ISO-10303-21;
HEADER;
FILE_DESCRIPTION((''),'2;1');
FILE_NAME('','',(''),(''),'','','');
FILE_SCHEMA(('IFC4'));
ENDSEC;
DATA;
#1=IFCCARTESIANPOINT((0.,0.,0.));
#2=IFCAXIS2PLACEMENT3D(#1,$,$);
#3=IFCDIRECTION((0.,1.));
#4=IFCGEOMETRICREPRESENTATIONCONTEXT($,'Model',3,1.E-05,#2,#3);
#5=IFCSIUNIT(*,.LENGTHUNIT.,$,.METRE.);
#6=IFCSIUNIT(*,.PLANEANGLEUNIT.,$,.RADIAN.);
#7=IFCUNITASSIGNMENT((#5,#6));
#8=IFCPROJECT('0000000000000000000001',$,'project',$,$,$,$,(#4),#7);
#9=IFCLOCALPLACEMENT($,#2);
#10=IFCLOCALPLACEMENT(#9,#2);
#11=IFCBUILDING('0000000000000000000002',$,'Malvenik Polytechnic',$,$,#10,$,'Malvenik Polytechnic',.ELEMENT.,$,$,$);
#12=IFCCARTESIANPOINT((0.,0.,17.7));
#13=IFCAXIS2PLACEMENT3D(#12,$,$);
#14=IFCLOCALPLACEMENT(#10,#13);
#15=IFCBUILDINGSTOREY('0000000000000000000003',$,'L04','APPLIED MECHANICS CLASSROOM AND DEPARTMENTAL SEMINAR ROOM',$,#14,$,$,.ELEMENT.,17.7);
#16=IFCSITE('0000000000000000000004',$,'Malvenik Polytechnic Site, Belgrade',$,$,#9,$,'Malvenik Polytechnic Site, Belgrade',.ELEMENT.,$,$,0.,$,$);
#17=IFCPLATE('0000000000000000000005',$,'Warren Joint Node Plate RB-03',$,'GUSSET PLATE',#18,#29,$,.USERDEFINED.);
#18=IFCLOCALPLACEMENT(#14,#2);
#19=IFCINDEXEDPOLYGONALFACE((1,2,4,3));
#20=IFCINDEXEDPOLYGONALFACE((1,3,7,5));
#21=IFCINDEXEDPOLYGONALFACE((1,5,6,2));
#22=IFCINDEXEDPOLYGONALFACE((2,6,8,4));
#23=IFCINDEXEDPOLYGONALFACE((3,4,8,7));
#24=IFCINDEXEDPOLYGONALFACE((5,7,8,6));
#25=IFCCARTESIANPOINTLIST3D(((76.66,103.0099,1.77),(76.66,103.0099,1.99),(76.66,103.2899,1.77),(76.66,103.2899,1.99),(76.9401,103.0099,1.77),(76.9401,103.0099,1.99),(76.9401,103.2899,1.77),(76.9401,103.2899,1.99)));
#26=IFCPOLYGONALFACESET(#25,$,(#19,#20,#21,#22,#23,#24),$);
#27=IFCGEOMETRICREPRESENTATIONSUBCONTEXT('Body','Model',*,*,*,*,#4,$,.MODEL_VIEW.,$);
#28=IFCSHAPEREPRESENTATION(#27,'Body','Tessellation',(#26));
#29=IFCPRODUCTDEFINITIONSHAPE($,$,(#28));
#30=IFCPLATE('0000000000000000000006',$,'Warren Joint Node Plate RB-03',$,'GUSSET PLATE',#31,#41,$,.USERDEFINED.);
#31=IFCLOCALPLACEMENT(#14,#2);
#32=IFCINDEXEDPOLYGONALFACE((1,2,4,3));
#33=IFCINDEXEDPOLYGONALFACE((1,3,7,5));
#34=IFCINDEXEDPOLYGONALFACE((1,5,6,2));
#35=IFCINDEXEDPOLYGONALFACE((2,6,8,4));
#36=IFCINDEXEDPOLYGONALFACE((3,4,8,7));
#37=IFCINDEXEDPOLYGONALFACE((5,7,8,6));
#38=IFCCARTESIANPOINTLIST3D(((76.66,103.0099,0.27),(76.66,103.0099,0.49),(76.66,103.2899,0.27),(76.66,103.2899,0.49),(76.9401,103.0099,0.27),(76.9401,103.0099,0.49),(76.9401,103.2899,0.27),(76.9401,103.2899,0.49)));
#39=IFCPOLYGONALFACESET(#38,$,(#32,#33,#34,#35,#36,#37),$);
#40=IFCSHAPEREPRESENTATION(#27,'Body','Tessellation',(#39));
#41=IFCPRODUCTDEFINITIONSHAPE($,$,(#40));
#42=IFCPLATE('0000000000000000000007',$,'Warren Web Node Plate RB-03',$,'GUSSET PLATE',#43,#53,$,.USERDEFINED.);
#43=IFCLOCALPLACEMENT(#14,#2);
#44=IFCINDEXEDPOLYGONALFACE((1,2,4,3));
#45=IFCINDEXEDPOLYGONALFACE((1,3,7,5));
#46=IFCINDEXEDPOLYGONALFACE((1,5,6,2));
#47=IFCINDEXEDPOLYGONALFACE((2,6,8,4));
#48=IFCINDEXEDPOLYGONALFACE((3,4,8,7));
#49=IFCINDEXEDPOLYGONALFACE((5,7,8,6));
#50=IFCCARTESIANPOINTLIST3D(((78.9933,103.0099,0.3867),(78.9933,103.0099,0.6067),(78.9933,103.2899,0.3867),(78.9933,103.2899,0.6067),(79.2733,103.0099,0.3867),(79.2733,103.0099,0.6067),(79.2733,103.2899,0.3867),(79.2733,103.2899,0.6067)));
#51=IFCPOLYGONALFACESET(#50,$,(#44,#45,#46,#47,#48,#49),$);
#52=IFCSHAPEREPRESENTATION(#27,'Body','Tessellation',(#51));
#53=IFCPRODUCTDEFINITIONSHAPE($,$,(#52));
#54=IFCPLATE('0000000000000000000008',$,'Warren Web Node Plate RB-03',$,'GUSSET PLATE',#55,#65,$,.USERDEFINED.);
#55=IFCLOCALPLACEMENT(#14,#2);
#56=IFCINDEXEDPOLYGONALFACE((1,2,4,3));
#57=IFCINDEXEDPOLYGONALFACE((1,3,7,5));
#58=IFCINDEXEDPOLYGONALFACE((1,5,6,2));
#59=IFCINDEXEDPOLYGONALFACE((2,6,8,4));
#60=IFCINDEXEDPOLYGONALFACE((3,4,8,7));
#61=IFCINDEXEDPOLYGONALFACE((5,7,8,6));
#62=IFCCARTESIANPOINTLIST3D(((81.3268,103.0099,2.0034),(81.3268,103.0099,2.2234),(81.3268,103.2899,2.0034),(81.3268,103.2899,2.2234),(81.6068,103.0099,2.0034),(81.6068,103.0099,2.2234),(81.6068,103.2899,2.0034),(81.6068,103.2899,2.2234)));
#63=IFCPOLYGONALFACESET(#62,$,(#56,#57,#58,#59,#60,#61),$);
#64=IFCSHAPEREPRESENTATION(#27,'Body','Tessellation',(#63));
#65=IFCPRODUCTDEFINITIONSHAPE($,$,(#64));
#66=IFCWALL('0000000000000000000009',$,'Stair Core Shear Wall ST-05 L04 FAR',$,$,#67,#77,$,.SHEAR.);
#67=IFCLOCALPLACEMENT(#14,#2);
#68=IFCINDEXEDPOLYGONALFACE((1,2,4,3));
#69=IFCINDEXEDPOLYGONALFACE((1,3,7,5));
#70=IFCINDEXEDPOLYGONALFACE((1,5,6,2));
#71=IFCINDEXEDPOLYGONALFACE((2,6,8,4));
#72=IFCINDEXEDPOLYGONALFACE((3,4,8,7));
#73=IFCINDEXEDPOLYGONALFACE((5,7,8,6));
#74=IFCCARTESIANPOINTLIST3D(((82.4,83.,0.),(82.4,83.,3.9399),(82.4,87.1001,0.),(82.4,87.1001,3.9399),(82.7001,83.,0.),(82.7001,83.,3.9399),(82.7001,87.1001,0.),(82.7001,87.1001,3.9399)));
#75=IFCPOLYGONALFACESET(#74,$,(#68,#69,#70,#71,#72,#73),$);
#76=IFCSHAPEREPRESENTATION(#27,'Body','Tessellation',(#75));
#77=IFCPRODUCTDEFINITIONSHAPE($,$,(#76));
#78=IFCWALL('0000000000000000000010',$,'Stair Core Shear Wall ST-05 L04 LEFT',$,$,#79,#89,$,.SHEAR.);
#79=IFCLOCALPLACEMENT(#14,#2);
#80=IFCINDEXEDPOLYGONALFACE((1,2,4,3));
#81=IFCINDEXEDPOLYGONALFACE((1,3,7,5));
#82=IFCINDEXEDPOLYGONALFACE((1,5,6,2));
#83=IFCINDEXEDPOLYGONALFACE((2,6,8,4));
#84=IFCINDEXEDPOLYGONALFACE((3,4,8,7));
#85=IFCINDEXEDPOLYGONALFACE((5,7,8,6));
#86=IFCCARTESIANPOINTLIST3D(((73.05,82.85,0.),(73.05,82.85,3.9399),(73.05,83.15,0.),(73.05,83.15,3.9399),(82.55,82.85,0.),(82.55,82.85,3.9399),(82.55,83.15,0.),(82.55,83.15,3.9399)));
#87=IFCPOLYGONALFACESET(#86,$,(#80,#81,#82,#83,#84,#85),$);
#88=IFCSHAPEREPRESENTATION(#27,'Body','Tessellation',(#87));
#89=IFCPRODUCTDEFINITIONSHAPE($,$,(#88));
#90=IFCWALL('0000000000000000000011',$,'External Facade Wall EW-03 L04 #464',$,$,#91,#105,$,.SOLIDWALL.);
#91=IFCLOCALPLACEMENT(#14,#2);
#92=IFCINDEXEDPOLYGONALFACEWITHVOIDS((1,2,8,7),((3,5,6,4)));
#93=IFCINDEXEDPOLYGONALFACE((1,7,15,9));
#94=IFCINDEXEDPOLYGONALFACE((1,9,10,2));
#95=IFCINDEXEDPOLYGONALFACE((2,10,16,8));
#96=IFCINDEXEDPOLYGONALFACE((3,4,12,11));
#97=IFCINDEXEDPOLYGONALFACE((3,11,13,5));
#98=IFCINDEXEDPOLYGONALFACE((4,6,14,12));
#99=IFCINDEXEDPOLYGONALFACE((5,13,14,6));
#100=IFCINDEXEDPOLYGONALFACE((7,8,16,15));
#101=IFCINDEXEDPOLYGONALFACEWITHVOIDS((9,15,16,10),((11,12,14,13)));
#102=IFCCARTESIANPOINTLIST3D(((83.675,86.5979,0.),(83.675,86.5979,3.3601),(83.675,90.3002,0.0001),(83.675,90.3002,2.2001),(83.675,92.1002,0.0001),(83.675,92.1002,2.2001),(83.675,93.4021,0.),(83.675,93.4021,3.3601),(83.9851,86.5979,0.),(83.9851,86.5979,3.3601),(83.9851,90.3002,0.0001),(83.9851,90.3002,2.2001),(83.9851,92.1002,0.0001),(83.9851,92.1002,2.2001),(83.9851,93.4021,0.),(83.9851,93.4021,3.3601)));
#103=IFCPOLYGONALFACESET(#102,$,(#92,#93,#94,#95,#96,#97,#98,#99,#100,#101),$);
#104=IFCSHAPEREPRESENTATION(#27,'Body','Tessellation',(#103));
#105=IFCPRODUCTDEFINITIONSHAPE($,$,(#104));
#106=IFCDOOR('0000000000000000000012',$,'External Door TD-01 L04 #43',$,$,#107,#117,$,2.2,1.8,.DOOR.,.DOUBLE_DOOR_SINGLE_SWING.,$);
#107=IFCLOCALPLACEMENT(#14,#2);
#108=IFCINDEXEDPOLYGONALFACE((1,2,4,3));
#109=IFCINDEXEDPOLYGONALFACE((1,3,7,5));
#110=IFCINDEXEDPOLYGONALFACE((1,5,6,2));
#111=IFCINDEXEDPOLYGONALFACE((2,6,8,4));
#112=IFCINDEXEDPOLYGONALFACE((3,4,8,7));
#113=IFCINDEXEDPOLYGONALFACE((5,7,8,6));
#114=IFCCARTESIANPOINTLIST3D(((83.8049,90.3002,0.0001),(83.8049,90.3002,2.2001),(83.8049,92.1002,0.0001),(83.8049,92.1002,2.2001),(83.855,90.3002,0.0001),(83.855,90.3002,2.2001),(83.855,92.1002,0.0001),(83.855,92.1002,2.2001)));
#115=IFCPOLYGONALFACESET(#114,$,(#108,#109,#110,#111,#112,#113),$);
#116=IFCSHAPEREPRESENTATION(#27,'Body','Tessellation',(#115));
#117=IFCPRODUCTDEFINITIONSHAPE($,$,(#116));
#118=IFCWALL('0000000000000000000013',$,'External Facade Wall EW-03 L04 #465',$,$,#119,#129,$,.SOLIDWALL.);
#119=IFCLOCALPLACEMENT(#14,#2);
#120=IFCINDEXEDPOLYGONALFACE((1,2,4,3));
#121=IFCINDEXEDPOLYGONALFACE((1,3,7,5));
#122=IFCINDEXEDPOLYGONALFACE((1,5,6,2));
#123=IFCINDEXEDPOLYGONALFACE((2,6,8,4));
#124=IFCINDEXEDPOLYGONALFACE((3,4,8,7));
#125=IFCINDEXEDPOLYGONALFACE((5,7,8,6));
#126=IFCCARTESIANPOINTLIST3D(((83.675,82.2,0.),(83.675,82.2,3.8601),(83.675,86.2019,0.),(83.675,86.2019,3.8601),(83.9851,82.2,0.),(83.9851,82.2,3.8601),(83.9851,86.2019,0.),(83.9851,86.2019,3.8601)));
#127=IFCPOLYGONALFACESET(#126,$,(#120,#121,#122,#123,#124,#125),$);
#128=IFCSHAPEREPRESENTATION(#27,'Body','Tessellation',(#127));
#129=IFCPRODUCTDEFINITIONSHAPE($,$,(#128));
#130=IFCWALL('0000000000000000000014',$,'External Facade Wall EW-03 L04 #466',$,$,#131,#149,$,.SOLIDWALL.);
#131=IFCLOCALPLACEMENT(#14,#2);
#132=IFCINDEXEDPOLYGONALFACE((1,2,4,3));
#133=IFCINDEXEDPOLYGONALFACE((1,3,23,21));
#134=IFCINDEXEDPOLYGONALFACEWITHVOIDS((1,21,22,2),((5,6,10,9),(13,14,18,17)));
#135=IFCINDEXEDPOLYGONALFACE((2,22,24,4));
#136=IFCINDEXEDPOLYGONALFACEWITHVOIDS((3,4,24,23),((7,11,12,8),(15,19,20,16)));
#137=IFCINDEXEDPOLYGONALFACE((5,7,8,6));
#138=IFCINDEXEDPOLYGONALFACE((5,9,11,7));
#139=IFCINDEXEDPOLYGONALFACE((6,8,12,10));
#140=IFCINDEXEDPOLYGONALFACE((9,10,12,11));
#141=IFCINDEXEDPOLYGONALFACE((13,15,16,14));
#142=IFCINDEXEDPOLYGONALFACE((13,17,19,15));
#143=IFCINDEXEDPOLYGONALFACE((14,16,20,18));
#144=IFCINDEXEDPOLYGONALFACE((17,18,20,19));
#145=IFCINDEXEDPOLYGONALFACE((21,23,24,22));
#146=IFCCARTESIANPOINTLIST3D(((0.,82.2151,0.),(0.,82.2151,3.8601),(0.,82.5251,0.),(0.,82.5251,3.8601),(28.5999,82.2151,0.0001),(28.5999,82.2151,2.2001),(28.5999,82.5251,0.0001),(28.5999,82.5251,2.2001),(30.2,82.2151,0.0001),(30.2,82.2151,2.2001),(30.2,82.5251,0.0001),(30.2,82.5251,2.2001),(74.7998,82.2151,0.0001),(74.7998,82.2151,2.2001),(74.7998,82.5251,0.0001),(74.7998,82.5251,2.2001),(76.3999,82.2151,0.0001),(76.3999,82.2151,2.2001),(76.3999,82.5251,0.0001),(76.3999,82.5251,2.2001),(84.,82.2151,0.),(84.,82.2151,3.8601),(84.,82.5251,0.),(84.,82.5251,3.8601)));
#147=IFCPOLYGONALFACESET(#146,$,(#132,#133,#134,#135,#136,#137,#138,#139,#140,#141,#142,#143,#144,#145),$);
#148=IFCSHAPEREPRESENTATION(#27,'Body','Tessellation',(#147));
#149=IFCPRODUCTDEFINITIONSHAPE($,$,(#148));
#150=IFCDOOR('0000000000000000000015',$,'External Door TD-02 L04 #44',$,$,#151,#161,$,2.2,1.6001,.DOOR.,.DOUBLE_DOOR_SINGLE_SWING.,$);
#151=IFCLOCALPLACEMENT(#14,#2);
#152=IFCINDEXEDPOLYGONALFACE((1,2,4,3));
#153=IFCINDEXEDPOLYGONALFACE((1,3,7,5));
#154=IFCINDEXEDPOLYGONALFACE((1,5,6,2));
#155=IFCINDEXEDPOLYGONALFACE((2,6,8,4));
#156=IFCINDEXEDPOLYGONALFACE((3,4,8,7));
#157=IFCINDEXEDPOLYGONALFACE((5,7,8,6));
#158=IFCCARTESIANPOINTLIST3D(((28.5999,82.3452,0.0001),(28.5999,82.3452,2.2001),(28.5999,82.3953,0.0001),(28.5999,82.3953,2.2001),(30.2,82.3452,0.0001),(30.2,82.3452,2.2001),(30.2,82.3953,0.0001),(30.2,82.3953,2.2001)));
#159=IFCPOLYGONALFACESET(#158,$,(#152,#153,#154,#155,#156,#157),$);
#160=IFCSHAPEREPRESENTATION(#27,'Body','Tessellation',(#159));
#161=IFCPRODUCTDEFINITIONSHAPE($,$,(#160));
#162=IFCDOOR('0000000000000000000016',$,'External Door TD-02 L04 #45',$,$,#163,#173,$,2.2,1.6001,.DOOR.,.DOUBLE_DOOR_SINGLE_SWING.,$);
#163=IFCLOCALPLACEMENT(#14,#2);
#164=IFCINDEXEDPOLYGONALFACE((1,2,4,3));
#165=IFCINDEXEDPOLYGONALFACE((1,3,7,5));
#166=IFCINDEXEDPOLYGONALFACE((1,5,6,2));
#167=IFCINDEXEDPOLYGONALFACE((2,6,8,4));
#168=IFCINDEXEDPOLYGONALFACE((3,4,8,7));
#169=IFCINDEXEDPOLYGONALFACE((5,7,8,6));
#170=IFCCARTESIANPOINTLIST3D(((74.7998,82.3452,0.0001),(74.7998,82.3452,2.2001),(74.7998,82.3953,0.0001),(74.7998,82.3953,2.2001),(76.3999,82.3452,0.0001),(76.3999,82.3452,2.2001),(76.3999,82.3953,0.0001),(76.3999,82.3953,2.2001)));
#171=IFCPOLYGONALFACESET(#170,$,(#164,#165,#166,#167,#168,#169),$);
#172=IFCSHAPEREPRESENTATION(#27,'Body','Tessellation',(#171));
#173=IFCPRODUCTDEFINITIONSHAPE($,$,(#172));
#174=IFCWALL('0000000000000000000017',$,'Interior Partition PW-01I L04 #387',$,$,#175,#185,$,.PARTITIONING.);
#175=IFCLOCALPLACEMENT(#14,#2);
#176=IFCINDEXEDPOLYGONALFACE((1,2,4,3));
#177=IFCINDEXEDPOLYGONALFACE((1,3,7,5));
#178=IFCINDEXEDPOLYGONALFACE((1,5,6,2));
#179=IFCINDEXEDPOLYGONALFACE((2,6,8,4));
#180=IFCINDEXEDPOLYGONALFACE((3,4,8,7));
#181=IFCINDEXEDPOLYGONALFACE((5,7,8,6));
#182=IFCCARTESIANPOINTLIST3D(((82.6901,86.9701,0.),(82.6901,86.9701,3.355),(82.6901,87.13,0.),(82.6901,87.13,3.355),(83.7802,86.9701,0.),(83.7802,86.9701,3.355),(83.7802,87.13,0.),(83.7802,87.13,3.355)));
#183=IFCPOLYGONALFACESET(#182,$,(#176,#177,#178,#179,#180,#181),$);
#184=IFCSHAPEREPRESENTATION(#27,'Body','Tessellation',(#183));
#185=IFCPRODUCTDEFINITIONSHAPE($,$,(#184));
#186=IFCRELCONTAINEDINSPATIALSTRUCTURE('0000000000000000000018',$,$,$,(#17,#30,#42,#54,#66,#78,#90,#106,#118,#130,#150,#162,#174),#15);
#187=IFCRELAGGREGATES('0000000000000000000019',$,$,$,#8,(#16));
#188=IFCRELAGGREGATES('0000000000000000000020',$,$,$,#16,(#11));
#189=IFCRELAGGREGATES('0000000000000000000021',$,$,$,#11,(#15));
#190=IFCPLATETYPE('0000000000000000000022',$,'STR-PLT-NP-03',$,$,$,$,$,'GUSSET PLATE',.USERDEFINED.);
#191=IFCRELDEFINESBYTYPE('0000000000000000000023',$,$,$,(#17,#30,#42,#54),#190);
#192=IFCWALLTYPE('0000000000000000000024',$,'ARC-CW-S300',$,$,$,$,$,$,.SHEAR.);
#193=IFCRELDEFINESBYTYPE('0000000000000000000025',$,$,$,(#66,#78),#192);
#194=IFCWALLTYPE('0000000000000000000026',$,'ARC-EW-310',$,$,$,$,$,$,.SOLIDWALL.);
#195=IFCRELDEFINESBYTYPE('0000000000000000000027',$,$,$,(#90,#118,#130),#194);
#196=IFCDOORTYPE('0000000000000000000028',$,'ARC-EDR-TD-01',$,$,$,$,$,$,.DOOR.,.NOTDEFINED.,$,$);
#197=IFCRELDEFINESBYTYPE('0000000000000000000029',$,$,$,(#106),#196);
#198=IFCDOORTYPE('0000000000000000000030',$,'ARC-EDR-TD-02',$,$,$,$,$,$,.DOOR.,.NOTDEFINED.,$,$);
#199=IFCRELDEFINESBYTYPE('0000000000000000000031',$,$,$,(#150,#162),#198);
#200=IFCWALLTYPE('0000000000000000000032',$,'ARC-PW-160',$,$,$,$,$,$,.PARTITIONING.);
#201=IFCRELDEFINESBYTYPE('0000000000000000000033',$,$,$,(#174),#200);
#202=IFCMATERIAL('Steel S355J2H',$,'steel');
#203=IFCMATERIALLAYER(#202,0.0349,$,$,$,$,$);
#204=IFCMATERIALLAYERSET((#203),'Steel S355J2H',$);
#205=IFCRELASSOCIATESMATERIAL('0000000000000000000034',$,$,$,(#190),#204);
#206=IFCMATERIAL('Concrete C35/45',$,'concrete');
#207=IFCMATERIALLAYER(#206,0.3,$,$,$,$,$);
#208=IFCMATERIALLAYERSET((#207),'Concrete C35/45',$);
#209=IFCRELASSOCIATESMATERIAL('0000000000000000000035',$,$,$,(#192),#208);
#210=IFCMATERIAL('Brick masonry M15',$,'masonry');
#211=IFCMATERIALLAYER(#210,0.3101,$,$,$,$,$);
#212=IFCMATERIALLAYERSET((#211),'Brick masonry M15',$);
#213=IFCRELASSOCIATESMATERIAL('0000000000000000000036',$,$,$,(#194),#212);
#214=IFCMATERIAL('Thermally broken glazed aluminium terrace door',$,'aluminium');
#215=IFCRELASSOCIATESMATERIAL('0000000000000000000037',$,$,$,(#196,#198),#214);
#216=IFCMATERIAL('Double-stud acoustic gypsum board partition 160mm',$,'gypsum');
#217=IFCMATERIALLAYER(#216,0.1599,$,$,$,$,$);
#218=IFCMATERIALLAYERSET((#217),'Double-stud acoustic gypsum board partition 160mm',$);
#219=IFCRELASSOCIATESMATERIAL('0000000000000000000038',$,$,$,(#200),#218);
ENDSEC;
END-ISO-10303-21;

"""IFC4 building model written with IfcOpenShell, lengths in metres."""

from ifc_helpers import new_model, si_unit, direction, frame, frame_2d, origin, origin_2d, place, context, subcontext, project, spatial, rectangle, extrude, material, layer, layer_set, type_object, element, fill, save


model = new_model("IFC4")

# Units and contexts
model_context = context("Model", 3, precision=1e-05, world=origin(), true_north=direction((0.0, 1.0)))
body_context = subcontext(model_context, "Body", "Model", "MODEL_VIEW")
ifc_project = project(units=[si_unit("LENGTHUNIT", "METRE"), si_unit("PLANEANGLEUNIT", "RADIAN")], contexts=[model_context])

# Site, building, storey
site_placement = place(None, origin())
site = spatial("IfcSite", under=ifc_project, at=site_placement, Name="Malvenik Polytechnic Site, Belgrade", LongName="Malvenik Polytechnic Site, Belgrade", CompositionType="ELEMENT", RefElevation=0.0)
building_placement = place(site_placement, origin())
building = spatial("IfcBuilding", under=site, at=building_placement, Name="Malvenik Polytechnic", LongName="Malvenik Polytechnic", CompositionType="ELEMENT")
storey_placement = place(building_placement, frame((0.0, 0.0, 17.7)))
storey = spatial("IfcBuildingStorey", under=building, at=storey_placement, Name="L04", Description="APPLIED MECHANICS CLASSROOM AND DEPARTMENTAL SEMINAR ROOM", CompositionType="ELEMENT", Elevation=17.7)

# Shared definitions
ifc_material_1 = material(Name="Concrete C35/45", Category="concrete")
ifc_material_2 = material(Name="Steel S355J2H", Category="steel")

# Plates
ifc_layer_1 = layer(ifc_material_2, 0.0349)
ifc_layer_set_1 = layer_set([ifc_layer_1], Name="Steel S355J2H")
plate_type = type_object("IfcPlateType", Name="STR-PLT-NP-03", ElementType="GUSSET PLATE", PredefinedType="USERDEFINED", material=ifc_layer_set_1)
for number, where, z_axis, x_axis, name in (
    (1, (76.8, 103.1499, 1.77), (0.0, 0.0, 1.0), (1.0, 0.0, 0.0), "Warren Joint Node Plate RB-03"),
    (2, (76.8, 103.1499, 0.27), (0.0, 0.0, 1.0), (1.0, 0.0, 0.0), "Warren Joint Node Plate RB-03"),
    (3, (79.1333, 103.1499, 0.3867), (0.0, 0.0, 1.0), (1.0, 0.0, 0.0), "Warren Web Node Plate RB-03"),
    (4, (81.4668, 103.1499, 2.0034), (0.0, 0.0, 1.0), (1.0, 0.0, 0.0), "Warren Web Node Plate RB-03"),
):
    element("IfcPlate", number, at=place(storey_placement, frame(where, z_axis=z_axis, x_axis=x_axis)), inside=storey, type_object=plate_type, Name=name, ObjectType="GUSSET PLATE", PredefinedType="USERDEFINED", context=body_context, shape_type="SweptSolid", body=[
        extrude(rectangle(XDim=0.28, YDim=0.28, at=origin_2d()), origin(), (0.0, 0.0, 1.0), 0.22),
    ])

# Walls
ifc_layer_2 = layer(ifc_material_1, 0.3)
ifc_layer_set_2 = layer_set([ifc_layer_2], Name="Concrete C35/45")
wall_type_1 = type_object("IfcWallType", Name="ARC-CW-S300", PredefinedType="SHEAR", material=ifc_layer_set_2)
wall_1_placement = place(storey_placement, frame((82.55, 87.1001, 0.0), z_axis=(0.0, 0.0, 1.0), x_axis=(0.0, -1.0, 0.0)))
element("IfcWall", 5, at=wall_1_placement, inside=storey, type_object=wall_type_1, Name="Stair Core Shear Wall ST-05 L04 FAR", PredefinedType="SHEAR", context=body_context, shape_type="SweptSolid", body=[
    extrude(rectangle(XDim=4.1001, YDim=0.3, at=frame_2d((2.05, 0.0))), origin(), (0.0, 0.0, 1.0), 3.9399),
])
wall_2_placement = place(storey_placement, frame((82.55, 83.0, 0.0), z_axis=(0.0, 0.0, 1.0), x_axis=(-1.0, 0.0, 0.0)))
element("IfcWall", 6, at=wall_2_placement, inside=storey, type_object=wall_type_1, Name="Stair Core Shear Wall ST-05 L04 LEFT", PredefinedType="SHEAR", context=body_context, shape_type="SweptSolid", body=[
    extrude(rectangle(XDim=9.5, YDim=0.3, at=frame_2d((4.75, 0.0))), origin(), (0.0, 0.0, 1.0), 3.9399),
])

# Wall, opening, door
ifc_material_3 = material(Name="Brick masonry M15", Category="masonry")
ifc_layer_3 = layer(ifc_material_3, 0.3101)
ifc_layer_set_3 = layer_set([ifc_layer_3], Name="Brick masonry M15")
wall_type_2 = type_object("IfcWallType", Name="ARC-EW-310", PredefinedType="SOLIDWALL", material=ifc_layer_set_3)
wall_3_placement = place(storey_placement, frame((83.8301, 93.4021, 0.0), z_axis=(0.0, 0.0, 1.0), x_axis=(0.0, -1.0, 0.0)))
wall_3 = element("IfcWall", 7, at=wall_3_placement, inside=storey, type_object=wall_type_2, Name="External Facade Wall EW-03 L04 #464", PredefinedType="SOLIDWALL", context=body_context, shape_type="SweptSolid", body=[
    extrude(rectangle(XDim=6.8042, YDim=0.3101, at=frame_2d((3.4021, 0.0))), origin(), (0.0, 0.0, 1.0), 3.3601),
])
opening_1_placement = place(wall_3_placement, frame((1.302, 0.0, 0.0)))
opening_1 = element("IfcOpeningElement", 8, at=opening_1_placement, cuts=wall_3, PredefinedType="OPENING", context=body_context, shape_type="SweptSolid", body=[
    extrude(rectangle(XDim=1.8, YDim=2.2, at=frame_2d((0.8999, 1.1001))), frame((0.0, 0.165, 0.0), z_axis=(0.0, -1.0, 0.0), x_axis=(1.0, 0.0, 0.0)), (0.0, 0.0, 1.0), 0.3301),
])
ifc_material_4 = material(Name="Thermally broken glazed aluminium terrace door", Category="aluminium")
door_type_1 = type_object("IfcDoorType", Name="ARC-EDR-TD-01", OperationType="NOTDEFINED", PredefinedType="DOOR", material=ifc_material_4)
door_1_placement = place(opening_1_placement, origin())
door_1 = element("IfcDoor", 9, at=door_1_placement, inside=storey, type_object=door_type_1, Name="External Door TD-01 L04 #43", OperationType="DOUBLE_DOOR_SINGLE_SWING", OverallHeight=2.2, OverallWidth=1.8, PredefinedType="DOOR", context=body_context, shape_type="SweptSolid", body=[
    extrude(rectangle(XDim=1.8, YDim=2.2, at=frame_2d((0.8999, 1.1001))), frame((0.0, 0.0249, 0.0), z_axis=(0.0, -1.0, 0.0), x_axis=(1.0, 0.0, 0.0)), (0.0, 0.0, 1.0), 0.05),
])
fill(opening_1, door_1)

# Wall
wall_4_placement = place(storey_placement, frame((83.8301, 86.2019, 0.0), z_axis=(0.0, 0.0, 1.0), x_axis=(0.0, -1.0, 0.0)))
element("IfcWall", 10, at=wall_4_placement, inside=storey, type_object=wall_type_2, Name="External Facade Wall EW-03 L04 #465", PredefinedType="SOLIDWALL", context=body_context, shape_type="SweptSolid", body=[
    extrude(rectangle(XDim=4.002, YDim=0.3101, at=frame_2d((2.001, 0.0))), origin(), (0.0, 0.0, 1.0), 3.8601),
])

# Wall, openings, doors
wall_5_placement = place(storey_placement, frame((84.0, 82.3701, 0.0), z_axis=(0.0, 0.0, 1.0), x_axis=(-1.0, 0.0, 0.0)))
wall_5 = element("IfcWall", 11, at=wall_5_placement, inside=storey, type_object=wall_type_2, Name="External Facade Wall EW-03 L04 #466", PredefinedType="SOLIDWALL", context=body_context, shape_type="SweptSolid", body=[
    extrude(rectangle(XDim=84.0, YDim=0.3101, at=frame_2d((42.0, 0.0))), origin(), (0.0, 0.0, 1.0), 3.8601),
])
opening_2_placement = place(wall_5_placement, frame((53.8, 0.0, 0.0)))
opening_2 = element("IfcOpeningElement", 12, at=opening_2_placement, cuts=wall_5, PredefinedType="OPENING", context=body_context, shape_type="SweptSolid", body=[
    extrude(rectangle(XDim=1.6001, YDim=2.2, at=frame_2d((0.8, 1.1001))), frame((0.0, 0.165, 0.0), z_axis=(0.0, -1.0, 0.0), x_axis=(1.0, 0.0, 0.0)), (0.0, 0.0, 1.0), 0.3301),
])
opening_3_placement = place(wall_5_placement, frame((7.6001, 0.0, 0.0)))
opening_3 = element("IfcOpeningElement", 13, at=opening_3_placement, cuts=wall_5, PredefinedType="OPENING", context=body_context, shape_type="SweptSolid", body=[
    extrude(rectangle(XDim=1.6001, YDim=2.2, at=frame_2d((0.8, 1.1001))), frame((0.0, 0.165, 0.0), z_axis=(0.0, -1.0, 0.0), x_axis=(1.0, 0.0, 0.0)), (0.0, 0.0, 1.0), 0.3301),
])
door_type_2 = type_object("IfcDoorType", Name="ARC-EDR-TD-02", OperationType="NOTDEFINED", PredefinedType="DOOR", material=ifc_material_4)
door_2_placement = place(opening_2_placement, origin())
door_2 = element("IfcDoor", 14, at=door_2_placement, inside=storey, type_object=door_type_2, Name="External Door TD-02 L04 #44", OperationType="DOUBLE_DOOR_SINGLE_SWING", OverallHeight=2.2, OverallWidth=1.6001, PredefinedType="DOOR", context=body_context, shape_type="SweptSolid", body=[
    extrude(rectangle(XDim=1.6001, YDim=2.2, at=frame_2d((0.8, 1.1001))), frame((0.0, 0.0249, 0.0), z_axis=(0.0, -1.0, 0.0), x_axis=(1.0, 0.0, 0.0)), (0.0, 0.0, 1.0), 0.05),
])
fill(opening_2, door_2)
door_3_placement = place(opening_3_placement, origin())
door_3 = element("IfcDoor", 15, at=door_3_placement, inside=storey, type_object=door_type_2, Name="External Door TD-02 L04 #45", OperationType="DOUBLE_DOOR_SINGLE_SWING", OverallHeight=2.2, OverallWidth=1.6001, PredefinedType="DOOR", context=body_context, shape_type="SweptSolid", body=[
    extrude(rectangle(XDim=1.6001, YDim=2.2, at=frame_2d((0.8, 1.1001))), frame((0.0, 0.0249, 0.0), z_axis=(0.0, -1.0, 0.0), x_axis=(1.0, 0.0, 0.0)), (0.0, 0.0, 1.0), 0.05),
])
fill(opening_3, door_3)

# Wall
ifc_material_5 = material(Name="Double-stud acoustic gypsum board partition 160mm", Category="gypsum")
ifc_layer_4 = layer(ifc_material_5, 0.1599)
ifc_layer_set_4 = layer_set([ifc_layer_4], Name="Double-stud acoustic gypsum board partition 160mm")
wall_type_3 = type_object("IfcWallType", Name="ARC-PW-160", PredefinedType="PARTITIONING", material=ifc_layer_set_4)
wall_6_placement = place(storey_placement, frame((83.78, 87.05, 0.0), z_axis=(0.0, 0.0, 1.0), x_axis=(-1.0, 0.0, 0.0)))
element("IfcWall", 16, at=wall_6_placement, inside=storey, type_object=wall_type_3, Name="Interior Partition PW-01I L04 #387", PredefinedType="PARTITIONING", context=body_context, shape_type="SweptSolid", body=[
    extrude(rectangle(XDim=1.0901, YDim=0.1599, at=frame_2d((0.5449, 0.0))), origin(), (0.0, 0.0, 1.0), 3.355),
])

save(model, "model.ifc")
